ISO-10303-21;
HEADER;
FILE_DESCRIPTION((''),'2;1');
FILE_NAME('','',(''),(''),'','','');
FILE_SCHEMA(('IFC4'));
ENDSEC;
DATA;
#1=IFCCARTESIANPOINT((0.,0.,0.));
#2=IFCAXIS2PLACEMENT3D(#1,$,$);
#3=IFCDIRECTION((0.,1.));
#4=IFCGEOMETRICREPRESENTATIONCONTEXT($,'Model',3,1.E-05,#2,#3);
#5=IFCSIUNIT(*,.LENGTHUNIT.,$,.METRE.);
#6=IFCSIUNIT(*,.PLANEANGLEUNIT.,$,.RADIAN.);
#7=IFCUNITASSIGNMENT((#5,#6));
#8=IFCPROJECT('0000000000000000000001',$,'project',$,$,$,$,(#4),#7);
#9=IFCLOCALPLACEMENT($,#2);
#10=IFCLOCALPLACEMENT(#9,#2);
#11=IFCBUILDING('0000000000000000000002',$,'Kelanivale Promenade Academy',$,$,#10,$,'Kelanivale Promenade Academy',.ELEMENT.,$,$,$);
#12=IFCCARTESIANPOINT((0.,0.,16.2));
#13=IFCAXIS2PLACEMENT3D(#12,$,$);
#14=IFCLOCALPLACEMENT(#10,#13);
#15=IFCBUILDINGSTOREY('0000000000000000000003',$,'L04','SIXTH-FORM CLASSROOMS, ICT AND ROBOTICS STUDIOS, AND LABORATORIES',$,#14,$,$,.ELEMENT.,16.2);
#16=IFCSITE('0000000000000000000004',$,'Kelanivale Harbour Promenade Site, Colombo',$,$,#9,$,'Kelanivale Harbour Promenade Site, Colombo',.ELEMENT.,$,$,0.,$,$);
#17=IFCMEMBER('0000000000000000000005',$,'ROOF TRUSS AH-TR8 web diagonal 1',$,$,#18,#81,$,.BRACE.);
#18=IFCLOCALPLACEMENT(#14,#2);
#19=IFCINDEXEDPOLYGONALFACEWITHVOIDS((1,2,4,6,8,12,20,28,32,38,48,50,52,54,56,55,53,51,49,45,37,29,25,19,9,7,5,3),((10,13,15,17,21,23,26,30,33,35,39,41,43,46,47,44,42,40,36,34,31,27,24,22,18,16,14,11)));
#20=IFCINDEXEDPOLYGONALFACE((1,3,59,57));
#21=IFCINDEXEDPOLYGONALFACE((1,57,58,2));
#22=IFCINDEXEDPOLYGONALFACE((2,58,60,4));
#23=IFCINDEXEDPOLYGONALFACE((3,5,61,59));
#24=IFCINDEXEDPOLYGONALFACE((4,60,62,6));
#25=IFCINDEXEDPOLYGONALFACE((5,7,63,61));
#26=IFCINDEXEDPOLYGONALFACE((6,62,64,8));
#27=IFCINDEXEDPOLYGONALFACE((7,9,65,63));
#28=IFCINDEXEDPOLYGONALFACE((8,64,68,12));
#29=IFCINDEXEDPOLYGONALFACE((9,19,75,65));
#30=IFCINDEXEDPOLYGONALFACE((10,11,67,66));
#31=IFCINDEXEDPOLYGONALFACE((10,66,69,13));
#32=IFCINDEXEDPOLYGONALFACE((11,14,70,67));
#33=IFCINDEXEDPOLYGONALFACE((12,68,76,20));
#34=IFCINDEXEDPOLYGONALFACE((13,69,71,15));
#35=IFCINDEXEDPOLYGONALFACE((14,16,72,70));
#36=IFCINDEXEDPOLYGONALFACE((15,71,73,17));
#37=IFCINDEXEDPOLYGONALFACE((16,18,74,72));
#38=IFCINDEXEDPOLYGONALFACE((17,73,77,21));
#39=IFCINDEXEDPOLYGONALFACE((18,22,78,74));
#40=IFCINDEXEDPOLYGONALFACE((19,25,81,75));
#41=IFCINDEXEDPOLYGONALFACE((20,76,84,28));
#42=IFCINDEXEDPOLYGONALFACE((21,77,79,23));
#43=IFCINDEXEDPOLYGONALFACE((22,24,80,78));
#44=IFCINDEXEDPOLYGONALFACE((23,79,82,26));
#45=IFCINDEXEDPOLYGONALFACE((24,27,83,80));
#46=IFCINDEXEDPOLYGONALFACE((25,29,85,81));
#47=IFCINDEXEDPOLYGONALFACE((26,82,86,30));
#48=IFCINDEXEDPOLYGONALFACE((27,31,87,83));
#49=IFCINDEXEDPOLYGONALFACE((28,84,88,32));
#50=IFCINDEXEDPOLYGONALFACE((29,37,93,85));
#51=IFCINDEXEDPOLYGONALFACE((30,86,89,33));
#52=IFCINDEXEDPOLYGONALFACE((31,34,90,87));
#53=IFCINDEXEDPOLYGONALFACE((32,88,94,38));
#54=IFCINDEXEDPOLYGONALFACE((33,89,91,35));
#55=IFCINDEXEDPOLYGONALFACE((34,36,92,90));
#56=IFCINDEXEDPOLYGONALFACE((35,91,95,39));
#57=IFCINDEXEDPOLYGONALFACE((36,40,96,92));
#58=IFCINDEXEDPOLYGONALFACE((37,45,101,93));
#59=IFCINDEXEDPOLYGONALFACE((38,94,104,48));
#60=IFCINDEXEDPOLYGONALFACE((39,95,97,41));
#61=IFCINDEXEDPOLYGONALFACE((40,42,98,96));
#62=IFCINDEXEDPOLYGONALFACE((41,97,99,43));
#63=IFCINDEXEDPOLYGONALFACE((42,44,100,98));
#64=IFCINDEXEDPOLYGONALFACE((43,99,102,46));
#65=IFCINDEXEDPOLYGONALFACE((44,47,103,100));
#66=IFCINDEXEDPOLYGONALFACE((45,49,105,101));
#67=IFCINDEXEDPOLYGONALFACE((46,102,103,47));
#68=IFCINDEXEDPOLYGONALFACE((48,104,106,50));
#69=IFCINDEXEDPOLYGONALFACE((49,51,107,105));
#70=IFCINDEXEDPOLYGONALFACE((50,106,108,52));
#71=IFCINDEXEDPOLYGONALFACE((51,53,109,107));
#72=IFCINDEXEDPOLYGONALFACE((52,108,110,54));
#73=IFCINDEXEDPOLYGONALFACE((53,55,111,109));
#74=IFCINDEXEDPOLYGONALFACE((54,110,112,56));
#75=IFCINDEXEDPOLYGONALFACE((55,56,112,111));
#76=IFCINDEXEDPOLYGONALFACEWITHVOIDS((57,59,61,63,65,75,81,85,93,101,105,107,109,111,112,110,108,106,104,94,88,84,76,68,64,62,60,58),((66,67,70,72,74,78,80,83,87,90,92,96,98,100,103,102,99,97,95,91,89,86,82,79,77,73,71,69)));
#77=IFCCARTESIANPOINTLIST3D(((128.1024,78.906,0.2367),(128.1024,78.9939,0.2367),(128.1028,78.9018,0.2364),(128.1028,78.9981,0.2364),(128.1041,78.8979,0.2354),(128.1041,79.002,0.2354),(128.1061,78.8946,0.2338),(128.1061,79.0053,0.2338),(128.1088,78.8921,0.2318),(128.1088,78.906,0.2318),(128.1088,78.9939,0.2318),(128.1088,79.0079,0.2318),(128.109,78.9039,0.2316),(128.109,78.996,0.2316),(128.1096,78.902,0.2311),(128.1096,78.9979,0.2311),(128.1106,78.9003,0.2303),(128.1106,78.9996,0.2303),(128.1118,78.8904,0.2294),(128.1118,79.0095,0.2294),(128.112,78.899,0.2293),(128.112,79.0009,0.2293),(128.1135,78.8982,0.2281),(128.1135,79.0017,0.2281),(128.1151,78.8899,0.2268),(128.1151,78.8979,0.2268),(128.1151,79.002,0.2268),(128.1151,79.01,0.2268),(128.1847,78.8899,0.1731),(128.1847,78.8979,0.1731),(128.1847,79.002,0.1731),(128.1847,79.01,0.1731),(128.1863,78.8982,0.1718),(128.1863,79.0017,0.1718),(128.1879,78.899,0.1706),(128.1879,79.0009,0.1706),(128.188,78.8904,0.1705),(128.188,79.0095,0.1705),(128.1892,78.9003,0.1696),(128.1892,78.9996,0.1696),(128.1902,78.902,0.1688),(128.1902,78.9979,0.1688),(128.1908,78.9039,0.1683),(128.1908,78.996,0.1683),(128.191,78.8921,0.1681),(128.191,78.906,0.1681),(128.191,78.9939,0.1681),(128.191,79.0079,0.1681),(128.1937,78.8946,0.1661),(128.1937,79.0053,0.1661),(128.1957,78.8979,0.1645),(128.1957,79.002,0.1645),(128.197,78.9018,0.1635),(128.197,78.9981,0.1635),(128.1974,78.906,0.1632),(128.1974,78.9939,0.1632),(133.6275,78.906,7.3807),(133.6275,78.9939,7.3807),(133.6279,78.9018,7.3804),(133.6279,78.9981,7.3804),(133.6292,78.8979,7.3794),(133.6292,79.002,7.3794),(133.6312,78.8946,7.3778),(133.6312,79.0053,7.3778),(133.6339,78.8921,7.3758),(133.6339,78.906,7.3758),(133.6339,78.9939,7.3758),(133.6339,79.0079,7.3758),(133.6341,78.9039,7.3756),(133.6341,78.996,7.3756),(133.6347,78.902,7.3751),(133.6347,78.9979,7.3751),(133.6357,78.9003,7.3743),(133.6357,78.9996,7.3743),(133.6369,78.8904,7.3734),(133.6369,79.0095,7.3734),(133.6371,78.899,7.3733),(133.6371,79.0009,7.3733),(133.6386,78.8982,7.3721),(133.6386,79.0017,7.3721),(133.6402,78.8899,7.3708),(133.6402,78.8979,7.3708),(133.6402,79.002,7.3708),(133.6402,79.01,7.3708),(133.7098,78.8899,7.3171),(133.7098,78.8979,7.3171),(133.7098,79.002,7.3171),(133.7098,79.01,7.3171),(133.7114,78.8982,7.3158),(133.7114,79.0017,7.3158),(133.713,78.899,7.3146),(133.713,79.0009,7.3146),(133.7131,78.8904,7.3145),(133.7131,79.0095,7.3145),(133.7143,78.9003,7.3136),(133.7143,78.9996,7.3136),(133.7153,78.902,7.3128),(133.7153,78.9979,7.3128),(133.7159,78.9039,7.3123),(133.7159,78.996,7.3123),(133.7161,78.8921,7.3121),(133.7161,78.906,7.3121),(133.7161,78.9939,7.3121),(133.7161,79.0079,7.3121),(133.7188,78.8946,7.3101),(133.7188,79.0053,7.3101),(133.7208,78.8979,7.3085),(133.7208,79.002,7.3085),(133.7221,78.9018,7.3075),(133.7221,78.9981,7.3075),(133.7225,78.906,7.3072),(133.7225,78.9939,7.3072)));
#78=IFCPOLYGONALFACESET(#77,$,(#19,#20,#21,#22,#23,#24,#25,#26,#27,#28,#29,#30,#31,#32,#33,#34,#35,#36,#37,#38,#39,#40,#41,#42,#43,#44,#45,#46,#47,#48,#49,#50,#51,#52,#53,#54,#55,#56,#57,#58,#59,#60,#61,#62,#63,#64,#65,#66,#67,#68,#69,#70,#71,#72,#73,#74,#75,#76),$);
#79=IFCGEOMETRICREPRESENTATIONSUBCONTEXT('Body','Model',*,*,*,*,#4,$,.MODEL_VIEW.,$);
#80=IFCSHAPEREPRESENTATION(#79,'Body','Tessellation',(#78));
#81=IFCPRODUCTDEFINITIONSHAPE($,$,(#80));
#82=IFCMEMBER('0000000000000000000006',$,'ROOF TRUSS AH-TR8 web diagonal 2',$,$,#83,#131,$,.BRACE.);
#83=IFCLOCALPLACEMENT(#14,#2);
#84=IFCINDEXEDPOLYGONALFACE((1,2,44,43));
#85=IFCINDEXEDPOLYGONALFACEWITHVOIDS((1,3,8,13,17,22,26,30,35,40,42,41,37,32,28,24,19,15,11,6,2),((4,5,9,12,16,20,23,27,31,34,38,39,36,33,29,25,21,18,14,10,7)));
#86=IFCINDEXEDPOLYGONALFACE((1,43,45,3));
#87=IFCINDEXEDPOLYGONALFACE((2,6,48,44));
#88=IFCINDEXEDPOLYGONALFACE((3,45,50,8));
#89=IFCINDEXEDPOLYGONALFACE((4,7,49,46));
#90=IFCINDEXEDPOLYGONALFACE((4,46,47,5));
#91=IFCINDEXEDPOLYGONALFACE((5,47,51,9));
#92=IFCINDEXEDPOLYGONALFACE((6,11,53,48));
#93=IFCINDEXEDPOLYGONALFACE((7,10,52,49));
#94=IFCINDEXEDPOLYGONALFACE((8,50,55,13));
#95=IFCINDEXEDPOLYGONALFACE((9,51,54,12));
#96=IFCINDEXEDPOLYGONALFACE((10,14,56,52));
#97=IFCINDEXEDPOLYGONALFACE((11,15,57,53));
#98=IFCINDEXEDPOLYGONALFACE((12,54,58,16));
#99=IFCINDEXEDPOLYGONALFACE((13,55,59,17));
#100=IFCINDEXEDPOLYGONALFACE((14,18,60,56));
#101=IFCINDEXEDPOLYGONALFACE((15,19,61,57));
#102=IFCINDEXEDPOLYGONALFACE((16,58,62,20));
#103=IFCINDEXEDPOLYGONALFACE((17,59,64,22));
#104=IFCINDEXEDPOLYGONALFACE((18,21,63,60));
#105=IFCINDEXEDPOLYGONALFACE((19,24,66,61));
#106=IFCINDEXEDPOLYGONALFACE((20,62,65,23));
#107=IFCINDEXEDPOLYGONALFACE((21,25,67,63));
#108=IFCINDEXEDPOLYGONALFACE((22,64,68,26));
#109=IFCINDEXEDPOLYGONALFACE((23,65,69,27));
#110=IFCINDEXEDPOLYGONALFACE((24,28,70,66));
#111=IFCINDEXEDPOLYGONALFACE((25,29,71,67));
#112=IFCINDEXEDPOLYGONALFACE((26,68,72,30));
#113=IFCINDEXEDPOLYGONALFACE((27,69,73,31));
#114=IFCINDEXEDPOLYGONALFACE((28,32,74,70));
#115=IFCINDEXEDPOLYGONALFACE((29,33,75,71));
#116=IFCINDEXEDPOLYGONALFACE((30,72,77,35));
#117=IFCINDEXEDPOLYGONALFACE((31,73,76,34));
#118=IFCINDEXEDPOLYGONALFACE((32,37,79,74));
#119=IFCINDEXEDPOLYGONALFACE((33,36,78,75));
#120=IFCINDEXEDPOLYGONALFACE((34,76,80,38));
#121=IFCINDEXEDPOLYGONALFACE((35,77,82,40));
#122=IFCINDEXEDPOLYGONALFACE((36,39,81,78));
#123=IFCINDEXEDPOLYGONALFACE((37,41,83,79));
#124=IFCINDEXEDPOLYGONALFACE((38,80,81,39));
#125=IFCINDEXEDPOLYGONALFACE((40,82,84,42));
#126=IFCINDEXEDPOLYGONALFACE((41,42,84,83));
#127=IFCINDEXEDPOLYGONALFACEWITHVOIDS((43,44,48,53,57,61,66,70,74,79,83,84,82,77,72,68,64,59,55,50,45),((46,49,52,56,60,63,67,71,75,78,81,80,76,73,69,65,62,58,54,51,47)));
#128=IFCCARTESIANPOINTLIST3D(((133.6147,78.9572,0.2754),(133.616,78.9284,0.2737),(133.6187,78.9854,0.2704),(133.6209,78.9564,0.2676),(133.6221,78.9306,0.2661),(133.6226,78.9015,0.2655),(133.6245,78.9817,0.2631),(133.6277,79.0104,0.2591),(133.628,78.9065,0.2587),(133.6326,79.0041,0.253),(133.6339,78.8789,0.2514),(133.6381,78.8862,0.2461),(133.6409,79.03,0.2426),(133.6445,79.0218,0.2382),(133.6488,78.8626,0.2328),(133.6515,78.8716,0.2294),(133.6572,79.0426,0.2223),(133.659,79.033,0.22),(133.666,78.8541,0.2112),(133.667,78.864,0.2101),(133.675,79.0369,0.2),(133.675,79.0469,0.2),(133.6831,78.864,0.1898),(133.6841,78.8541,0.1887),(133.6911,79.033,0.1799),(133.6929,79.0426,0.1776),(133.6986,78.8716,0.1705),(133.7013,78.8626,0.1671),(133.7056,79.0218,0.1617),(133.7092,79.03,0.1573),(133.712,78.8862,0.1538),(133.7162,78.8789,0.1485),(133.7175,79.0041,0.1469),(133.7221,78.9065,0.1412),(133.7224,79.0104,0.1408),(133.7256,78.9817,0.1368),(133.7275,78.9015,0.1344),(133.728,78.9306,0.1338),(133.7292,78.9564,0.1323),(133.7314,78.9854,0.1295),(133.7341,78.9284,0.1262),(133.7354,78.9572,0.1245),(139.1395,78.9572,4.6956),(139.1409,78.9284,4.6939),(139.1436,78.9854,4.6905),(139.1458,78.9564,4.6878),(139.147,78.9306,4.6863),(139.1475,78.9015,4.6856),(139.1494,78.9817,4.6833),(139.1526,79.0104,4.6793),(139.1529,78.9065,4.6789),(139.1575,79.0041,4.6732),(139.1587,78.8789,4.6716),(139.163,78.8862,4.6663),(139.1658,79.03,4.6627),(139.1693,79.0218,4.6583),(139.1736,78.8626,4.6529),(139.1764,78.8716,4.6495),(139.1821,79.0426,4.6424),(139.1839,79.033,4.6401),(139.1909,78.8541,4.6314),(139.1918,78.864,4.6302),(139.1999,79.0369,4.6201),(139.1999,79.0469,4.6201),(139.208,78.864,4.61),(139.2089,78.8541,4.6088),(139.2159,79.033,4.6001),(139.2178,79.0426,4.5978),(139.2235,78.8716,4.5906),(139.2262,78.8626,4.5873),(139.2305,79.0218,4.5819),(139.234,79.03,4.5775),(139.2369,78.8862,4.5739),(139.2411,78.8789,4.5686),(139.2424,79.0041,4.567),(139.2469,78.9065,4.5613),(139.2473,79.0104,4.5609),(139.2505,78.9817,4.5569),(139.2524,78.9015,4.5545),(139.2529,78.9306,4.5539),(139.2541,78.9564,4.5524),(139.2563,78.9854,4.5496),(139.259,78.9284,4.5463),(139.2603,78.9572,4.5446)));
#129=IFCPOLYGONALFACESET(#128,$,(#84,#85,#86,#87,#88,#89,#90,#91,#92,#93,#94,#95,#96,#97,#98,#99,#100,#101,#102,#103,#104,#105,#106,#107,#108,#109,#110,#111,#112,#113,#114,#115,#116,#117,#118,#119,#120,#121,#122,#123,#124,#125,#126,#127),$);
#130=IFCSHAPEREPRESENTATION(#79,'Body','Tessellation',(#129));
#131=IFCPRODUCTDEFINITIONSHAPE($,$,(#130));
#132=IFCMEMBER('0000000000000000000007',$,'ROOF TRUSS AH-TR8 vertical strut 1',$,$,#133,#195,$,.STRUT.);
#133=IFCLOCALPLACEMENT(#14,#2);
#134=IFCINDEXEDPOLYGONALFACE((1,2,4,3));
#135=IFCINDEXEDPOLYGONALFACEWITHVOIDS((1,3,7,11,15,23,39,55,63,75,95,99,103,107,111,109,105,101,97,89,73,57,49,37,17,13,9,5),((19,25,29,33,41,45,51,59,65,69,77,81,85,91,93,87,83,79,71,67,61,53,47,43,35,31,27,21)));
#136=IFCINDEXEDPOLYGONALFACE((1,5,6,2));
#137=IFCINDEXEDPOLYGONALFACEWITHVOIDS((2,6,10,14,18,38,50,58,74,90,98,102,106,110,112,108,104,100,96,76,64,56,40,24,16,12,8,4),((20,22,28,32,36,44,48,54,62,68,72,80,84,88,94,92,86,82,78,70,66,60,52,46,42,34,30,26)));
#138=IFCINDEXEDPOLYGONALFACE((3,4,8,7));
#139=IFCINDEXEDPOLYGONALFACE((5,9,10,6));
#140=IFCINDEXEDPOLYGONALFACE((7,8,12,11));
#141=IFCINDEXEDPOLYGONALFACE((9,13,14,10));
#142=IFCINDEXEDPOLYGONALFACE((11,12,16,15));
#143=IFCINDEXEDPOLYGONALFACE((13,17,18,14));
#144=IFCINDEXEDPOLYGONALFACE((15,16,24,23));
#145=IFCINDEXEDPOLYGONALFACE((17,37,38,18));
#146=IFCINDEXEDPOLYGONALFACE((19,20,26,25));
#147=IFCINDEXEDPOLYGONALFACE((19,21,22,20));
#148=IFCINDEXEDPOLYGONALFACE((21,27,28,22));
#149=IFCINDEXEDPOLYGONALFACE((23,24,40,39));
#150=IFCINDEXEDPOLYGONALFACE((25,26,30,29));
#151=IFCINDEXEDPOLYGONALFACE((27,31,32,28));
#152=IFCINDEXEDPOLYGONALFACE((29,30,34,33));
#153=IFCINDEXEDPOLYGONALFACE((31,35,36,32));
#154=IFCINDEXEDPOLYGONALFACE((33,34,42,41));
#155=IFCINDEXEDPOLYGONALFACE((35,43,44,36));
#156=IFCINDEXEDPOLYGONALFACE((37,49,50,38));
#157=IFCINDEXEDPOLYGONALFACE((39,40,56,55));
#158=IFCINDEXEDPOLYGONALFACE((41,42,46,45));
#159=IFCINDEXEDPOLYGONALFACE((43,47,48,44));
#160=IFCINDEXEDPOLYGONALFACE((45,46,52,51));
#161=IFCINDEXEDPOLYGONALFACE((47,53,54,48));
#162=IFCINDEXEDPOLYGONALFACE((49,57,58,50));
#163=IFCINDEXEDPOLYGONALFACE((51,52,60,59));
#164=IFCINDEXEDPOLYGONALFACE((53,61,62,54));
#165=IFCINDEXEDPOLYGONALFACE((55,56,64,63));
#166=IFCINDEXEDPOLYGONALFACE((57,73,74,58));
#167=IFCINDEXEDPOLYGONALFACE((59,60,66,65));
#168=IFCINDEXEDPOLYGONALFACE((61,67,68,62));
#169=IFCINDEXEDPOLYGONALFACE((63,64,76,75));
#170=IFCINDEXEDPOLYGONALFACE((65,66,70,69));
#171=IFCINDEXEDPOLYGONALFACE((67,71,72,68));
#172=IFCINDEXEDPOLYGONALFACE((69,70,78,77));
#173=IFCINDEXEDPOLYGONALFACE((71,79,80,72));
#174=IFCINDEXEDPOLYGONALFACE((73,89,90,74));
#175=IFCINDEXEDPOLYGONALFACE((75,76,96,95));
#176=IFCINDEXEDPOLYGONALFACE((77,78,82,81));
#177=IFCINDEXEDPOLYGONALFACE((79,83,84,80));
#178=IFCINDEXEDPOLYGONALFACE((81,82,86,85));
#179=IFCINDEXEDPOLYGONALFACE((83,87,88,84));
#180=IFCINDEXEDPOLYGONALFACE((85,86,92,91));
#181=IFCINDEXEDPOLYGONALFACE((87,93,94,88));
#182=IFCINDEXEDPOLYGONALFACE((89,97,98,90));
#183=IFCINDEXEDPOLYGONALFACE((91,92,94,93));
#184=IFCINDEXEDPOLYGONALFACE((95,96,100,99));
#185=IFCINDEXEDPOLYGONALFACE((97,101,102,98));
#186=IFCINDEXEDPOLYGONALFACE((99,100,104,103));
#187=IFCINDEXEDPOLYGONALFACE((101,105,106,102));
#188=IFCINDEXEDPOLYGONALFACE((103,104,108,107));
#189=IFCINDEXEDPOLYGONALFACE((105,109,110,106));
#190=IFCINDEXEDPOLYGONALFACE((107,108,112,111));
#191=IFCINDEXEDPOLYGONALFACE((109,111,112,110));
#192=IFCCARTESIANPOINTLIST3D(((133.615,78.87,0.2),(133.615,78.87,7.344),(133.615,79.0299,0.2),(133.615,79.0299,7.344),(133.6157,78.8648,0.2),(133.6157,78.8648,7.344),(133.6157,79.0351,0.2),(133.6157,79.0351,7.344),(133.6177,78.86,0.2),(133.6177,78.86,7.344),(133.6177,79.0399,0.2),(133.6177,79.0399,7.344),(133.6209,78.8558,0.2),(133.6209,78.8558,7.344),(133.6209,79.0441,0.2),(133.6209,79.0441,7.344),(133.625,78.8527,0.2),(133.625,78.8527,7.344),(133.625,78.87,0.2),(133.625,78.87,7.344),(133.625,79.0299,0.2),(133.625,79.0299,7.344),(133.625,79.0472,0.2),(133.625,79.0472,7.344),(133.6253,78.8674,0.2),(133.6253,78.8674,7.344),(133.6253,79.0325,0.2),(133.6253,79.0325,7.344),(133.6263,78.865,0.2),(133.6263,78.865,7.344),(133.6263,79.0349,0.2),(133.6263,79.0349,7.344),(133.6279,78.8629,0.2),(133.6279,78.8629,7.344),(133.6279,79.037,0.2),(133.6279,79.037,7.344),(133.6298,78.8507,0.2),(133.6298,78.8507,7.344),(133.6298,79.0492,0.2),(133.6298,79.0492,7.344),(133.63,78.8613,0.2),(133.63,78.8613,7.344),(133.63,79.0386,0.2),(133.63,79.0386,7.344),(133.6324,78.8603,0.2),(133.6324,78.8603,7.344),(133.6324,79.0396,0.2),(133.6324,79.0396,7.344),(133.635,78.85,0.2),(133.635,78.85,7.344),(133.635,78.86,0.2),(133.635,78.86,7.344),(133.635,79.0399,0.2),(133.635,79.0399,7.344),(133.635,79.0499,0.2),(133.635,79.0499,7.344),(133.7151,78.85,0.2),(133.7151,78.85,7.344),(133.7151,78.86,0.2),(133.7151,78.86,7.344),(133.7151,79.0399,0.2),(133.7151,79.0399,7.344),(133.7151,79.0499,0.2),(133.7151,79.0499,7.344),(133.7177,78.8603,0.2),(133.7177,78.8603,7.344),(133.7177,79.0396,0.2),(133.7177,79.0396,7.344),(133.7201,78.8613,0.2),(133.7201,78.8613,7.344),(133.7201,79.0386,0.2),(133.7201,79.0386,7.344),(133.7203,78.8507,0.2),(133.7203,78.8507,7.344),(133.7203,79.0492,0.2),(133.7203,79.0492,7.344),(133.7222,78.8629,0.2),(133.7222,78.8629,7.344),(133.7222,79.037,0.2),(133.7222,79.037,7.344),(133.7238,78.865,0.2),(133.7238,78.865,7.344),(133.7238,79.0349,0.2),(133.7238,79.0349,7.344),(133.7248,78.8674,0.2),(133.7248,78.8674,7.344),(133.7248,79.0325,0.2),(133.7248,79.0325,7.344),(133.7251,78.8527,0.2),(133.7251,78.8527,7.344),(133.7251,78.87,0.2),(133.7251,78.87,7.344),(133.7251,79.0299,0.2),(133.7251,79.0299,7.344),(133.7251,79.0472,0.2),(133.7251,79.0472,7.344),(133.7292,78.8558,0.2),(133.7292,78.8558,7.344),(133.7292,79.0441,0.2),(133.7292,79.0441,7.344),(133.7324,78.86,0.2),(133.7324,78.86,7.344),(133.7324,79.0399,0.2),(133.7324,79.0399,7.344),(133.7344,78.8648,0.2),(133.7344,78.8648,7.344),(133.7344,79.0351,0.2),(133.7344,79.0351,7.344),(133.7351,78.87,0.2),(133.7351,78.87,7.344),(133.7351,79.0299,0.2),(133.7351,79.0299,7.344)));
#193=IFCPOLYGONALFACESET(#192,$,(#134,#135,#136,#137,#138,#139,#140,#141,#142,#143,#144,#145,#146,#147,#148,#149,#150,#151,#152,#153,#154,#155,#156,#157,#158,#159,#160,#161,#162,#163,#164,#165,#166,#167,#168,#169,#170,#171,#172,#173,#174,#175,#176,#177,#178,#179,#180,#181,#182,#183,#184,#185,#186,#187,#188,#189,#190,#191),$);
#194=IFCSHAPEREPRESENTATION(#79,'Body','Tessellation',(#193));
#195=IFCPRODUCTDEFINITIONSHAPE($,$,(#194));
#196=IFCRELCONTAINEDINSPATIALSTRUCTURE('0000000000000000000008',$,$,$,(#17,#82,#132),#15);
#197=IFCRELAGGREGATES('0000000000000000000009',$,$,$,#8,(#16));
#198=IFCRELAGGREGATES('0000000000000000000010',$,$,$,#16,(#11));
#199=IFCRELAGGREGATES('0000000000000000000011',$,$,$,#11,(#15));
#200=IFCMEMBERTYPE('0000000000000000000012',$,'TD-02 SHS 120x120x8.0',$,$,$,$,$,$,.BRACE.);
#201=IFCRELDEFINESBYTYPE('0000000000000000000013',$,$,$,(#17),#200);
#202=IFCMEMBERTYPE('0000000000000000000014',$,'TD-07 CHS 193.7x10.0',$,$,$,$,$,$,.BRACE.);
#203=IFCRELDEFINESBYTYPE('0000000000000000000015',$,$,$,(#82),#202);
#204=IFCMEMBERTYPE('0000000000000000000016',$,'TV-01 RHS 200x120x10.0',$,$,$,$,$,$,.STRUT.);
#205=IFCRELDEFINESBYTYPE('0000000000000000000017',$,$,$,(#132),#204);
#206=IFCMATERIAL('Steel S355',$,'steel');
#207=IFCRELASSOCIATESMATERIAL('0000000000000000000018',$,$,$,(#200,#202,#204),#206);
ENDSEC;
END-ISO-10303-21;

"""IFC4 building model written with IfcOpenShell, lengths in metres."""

from ifc_helpers import new_model, si_unit, direction, frame, origin, origin_2d, place, context, subcontext, project, spatial, hollow_rectangle, hollow_circle, extrude, material, material_profile, profile_set, type_object, element, save


model = new_model("IFC4")

# Units and contexts
model_context = context("Model", 3, precision=1e-05, world=origin(), true_north=direction((0.0, 1.0)))
body_context = subcontext(model_context, "Body", "Model", "MODEL_VIEW")
ifc_project = project(units=[si_unit("LENGTHUNIT", "METRE"), si_unit("PLANEANGLEUNIT", "RADIAN")], contexts=[model_context])

# Site, building, storey
site_placement = place(None, origin())
site = spatial("IfcSite", under=ifc_project, at=site_placement, Name="Kelanivale Harbour Promenade Site, Colombo", LongName="Kelanivale Harbour Promenade Site, Colombo", CompositionType="ELEMENT", RefElevation=0.0)
building_placement = place(site_placement, origin())
building = spatial("IfcBuilding", under=site, at=building_placement, Name="Kelanivale Promenade Academy", LongName="Kelanivale Promenade Academy", CompositionType="ELEMENT")
storey_placement = place(building_placement, frame((0.0, 0.0, 16.2)))
storey = spatial("IfcBuildingStorey", under=building, at=storey_placement, Name="L04", Description="SIXTH-FORM CLASSROOMS, ICT AND ROBOTICS STUDIOS, AND LABORATORIES", CompositionType="ELEMENT", Elevation=16.2)

# Members
ifc_material_1 = material(Name="Steel S355", Category="steel")
ifc_material_profile_1 = material_profile(ifc_material_1, hollow_rectangle(XDim=0.1201, YDim=0.1201, WallThickness=0.0081, InnerFilletRadius=0.0081, OuterFilletRadius=0.0161, at=origin_2d()), Name="SHS 120x120x8.0")
ifc_profile_set_1 = profile_set([ifc_material_profile_1], Name="Steel S355")
member_type_1 = type_object("IfcMemberType", Name="TD-02 SHS 120x120x8.0", PredefinedType="BRACE", material=ifc_profile_set_1)
member_1_placement = place(storey_placement, frame((128.1499, 78.95, 0.2), z_axis=(0.611777, 0.0, 0.79103), x_axis=(0.0, 1.0, 0.0)))
element("IfcMember", 1, at=member_1_placement, inside=storey, type_object=member_type_1, Name="ROOF TRUSS AH-TR8 web diagonal 1", PredefinedType="BRACE", context=body_context, shape_type="SweptSolid", body=[
    extrude(hollow_rectangle(XDim=0.1201, YDim=0.1201, WallThickness=0.0081, InnerFilletRadius=0.0081, OuterFilletRadius=0.0161, at=origin_2d()), origin(), (0.0, 0.0, 1.0), 9.0312),
])
ifc_material_profile_2 = material_profile(ifc_material_1, hollow_circle(Radius=0.0969, WallThickness=0.01, at=origin_2d()), Name="CHS 193.7x10.0")
ifc_profile_set_2 = profile_set([ifc_material_profile_2], Name="Steel S355")
member_type_2 = type_object("IfcMemberType", Name="TD-07 CHS 193.7x10.0", PredefinedType="BRACE", material=ifc_profile_set_2)
member_2_placement = place(storey_placement, frame((133.675, 78.95, 0.2), z_axis=(0.780852, 0.0, 0.624716), x_axis=(0.0, 1.0, 0.0)))
element("IfcMember", 2, at=member_2_placement, inside=storey, type_object=member_type_2, Name="ROOF TRUSS AH-TR8 web diagonal 2", PredefinedType="BRACE", context=body_context, shape_type="SweptSolid", body=[
    extrude(hollow_circle(Radius=0.0969, WallThickness=0.01, at=origin_2d()), origin(), (0.0, 0.0, 1.0), 7.0754),
])
ifc_material_profile_3 = material_profile(ifc_material_1, hollow_rectangle(XDim=0.1201, YDim=0.2, WallThickness=0.01, InnerFilletRadius=0.01, OuterFilletRadius=0.02, at=origin_2d()), Name="RHS 200x120x10.0")
ifc_profile_set_3 = profile_set([ifc_material_profile_3], Name="Steel S355")
member_type_3 = type_object("IfcMemberType", Name="TV-01 RHS 200x120x10.0", PredefinedType="STRUT", material=ifc_profile_set_3)
member_3_placement = place(storey_placement, frame((133.675, 78.95, 0.2), z_axis=(0.0, 0.0, 1.0), x_axis=(1.0, 0.0, 0.0)))
element("IfcMember", 3, at=member_3_placement, inside=storey, type_object=member_type_3, Name="ROOF TRUSS AH-TR8 vertical strut 1", PredefinedType="STRUT", context=body_context, shape_type="SweptSolid", body=[
    extrude(hollow_rectangle(XDim=0.1201, YDim=0.2, WallThickness=0.01, InnerFilletRadius=0.01, OuterFilletRadius=0.02, at=origin_2d()), origin(), (0.0, 0.0, 1.0), 7.144),
])

save(model, "model.ifc")
